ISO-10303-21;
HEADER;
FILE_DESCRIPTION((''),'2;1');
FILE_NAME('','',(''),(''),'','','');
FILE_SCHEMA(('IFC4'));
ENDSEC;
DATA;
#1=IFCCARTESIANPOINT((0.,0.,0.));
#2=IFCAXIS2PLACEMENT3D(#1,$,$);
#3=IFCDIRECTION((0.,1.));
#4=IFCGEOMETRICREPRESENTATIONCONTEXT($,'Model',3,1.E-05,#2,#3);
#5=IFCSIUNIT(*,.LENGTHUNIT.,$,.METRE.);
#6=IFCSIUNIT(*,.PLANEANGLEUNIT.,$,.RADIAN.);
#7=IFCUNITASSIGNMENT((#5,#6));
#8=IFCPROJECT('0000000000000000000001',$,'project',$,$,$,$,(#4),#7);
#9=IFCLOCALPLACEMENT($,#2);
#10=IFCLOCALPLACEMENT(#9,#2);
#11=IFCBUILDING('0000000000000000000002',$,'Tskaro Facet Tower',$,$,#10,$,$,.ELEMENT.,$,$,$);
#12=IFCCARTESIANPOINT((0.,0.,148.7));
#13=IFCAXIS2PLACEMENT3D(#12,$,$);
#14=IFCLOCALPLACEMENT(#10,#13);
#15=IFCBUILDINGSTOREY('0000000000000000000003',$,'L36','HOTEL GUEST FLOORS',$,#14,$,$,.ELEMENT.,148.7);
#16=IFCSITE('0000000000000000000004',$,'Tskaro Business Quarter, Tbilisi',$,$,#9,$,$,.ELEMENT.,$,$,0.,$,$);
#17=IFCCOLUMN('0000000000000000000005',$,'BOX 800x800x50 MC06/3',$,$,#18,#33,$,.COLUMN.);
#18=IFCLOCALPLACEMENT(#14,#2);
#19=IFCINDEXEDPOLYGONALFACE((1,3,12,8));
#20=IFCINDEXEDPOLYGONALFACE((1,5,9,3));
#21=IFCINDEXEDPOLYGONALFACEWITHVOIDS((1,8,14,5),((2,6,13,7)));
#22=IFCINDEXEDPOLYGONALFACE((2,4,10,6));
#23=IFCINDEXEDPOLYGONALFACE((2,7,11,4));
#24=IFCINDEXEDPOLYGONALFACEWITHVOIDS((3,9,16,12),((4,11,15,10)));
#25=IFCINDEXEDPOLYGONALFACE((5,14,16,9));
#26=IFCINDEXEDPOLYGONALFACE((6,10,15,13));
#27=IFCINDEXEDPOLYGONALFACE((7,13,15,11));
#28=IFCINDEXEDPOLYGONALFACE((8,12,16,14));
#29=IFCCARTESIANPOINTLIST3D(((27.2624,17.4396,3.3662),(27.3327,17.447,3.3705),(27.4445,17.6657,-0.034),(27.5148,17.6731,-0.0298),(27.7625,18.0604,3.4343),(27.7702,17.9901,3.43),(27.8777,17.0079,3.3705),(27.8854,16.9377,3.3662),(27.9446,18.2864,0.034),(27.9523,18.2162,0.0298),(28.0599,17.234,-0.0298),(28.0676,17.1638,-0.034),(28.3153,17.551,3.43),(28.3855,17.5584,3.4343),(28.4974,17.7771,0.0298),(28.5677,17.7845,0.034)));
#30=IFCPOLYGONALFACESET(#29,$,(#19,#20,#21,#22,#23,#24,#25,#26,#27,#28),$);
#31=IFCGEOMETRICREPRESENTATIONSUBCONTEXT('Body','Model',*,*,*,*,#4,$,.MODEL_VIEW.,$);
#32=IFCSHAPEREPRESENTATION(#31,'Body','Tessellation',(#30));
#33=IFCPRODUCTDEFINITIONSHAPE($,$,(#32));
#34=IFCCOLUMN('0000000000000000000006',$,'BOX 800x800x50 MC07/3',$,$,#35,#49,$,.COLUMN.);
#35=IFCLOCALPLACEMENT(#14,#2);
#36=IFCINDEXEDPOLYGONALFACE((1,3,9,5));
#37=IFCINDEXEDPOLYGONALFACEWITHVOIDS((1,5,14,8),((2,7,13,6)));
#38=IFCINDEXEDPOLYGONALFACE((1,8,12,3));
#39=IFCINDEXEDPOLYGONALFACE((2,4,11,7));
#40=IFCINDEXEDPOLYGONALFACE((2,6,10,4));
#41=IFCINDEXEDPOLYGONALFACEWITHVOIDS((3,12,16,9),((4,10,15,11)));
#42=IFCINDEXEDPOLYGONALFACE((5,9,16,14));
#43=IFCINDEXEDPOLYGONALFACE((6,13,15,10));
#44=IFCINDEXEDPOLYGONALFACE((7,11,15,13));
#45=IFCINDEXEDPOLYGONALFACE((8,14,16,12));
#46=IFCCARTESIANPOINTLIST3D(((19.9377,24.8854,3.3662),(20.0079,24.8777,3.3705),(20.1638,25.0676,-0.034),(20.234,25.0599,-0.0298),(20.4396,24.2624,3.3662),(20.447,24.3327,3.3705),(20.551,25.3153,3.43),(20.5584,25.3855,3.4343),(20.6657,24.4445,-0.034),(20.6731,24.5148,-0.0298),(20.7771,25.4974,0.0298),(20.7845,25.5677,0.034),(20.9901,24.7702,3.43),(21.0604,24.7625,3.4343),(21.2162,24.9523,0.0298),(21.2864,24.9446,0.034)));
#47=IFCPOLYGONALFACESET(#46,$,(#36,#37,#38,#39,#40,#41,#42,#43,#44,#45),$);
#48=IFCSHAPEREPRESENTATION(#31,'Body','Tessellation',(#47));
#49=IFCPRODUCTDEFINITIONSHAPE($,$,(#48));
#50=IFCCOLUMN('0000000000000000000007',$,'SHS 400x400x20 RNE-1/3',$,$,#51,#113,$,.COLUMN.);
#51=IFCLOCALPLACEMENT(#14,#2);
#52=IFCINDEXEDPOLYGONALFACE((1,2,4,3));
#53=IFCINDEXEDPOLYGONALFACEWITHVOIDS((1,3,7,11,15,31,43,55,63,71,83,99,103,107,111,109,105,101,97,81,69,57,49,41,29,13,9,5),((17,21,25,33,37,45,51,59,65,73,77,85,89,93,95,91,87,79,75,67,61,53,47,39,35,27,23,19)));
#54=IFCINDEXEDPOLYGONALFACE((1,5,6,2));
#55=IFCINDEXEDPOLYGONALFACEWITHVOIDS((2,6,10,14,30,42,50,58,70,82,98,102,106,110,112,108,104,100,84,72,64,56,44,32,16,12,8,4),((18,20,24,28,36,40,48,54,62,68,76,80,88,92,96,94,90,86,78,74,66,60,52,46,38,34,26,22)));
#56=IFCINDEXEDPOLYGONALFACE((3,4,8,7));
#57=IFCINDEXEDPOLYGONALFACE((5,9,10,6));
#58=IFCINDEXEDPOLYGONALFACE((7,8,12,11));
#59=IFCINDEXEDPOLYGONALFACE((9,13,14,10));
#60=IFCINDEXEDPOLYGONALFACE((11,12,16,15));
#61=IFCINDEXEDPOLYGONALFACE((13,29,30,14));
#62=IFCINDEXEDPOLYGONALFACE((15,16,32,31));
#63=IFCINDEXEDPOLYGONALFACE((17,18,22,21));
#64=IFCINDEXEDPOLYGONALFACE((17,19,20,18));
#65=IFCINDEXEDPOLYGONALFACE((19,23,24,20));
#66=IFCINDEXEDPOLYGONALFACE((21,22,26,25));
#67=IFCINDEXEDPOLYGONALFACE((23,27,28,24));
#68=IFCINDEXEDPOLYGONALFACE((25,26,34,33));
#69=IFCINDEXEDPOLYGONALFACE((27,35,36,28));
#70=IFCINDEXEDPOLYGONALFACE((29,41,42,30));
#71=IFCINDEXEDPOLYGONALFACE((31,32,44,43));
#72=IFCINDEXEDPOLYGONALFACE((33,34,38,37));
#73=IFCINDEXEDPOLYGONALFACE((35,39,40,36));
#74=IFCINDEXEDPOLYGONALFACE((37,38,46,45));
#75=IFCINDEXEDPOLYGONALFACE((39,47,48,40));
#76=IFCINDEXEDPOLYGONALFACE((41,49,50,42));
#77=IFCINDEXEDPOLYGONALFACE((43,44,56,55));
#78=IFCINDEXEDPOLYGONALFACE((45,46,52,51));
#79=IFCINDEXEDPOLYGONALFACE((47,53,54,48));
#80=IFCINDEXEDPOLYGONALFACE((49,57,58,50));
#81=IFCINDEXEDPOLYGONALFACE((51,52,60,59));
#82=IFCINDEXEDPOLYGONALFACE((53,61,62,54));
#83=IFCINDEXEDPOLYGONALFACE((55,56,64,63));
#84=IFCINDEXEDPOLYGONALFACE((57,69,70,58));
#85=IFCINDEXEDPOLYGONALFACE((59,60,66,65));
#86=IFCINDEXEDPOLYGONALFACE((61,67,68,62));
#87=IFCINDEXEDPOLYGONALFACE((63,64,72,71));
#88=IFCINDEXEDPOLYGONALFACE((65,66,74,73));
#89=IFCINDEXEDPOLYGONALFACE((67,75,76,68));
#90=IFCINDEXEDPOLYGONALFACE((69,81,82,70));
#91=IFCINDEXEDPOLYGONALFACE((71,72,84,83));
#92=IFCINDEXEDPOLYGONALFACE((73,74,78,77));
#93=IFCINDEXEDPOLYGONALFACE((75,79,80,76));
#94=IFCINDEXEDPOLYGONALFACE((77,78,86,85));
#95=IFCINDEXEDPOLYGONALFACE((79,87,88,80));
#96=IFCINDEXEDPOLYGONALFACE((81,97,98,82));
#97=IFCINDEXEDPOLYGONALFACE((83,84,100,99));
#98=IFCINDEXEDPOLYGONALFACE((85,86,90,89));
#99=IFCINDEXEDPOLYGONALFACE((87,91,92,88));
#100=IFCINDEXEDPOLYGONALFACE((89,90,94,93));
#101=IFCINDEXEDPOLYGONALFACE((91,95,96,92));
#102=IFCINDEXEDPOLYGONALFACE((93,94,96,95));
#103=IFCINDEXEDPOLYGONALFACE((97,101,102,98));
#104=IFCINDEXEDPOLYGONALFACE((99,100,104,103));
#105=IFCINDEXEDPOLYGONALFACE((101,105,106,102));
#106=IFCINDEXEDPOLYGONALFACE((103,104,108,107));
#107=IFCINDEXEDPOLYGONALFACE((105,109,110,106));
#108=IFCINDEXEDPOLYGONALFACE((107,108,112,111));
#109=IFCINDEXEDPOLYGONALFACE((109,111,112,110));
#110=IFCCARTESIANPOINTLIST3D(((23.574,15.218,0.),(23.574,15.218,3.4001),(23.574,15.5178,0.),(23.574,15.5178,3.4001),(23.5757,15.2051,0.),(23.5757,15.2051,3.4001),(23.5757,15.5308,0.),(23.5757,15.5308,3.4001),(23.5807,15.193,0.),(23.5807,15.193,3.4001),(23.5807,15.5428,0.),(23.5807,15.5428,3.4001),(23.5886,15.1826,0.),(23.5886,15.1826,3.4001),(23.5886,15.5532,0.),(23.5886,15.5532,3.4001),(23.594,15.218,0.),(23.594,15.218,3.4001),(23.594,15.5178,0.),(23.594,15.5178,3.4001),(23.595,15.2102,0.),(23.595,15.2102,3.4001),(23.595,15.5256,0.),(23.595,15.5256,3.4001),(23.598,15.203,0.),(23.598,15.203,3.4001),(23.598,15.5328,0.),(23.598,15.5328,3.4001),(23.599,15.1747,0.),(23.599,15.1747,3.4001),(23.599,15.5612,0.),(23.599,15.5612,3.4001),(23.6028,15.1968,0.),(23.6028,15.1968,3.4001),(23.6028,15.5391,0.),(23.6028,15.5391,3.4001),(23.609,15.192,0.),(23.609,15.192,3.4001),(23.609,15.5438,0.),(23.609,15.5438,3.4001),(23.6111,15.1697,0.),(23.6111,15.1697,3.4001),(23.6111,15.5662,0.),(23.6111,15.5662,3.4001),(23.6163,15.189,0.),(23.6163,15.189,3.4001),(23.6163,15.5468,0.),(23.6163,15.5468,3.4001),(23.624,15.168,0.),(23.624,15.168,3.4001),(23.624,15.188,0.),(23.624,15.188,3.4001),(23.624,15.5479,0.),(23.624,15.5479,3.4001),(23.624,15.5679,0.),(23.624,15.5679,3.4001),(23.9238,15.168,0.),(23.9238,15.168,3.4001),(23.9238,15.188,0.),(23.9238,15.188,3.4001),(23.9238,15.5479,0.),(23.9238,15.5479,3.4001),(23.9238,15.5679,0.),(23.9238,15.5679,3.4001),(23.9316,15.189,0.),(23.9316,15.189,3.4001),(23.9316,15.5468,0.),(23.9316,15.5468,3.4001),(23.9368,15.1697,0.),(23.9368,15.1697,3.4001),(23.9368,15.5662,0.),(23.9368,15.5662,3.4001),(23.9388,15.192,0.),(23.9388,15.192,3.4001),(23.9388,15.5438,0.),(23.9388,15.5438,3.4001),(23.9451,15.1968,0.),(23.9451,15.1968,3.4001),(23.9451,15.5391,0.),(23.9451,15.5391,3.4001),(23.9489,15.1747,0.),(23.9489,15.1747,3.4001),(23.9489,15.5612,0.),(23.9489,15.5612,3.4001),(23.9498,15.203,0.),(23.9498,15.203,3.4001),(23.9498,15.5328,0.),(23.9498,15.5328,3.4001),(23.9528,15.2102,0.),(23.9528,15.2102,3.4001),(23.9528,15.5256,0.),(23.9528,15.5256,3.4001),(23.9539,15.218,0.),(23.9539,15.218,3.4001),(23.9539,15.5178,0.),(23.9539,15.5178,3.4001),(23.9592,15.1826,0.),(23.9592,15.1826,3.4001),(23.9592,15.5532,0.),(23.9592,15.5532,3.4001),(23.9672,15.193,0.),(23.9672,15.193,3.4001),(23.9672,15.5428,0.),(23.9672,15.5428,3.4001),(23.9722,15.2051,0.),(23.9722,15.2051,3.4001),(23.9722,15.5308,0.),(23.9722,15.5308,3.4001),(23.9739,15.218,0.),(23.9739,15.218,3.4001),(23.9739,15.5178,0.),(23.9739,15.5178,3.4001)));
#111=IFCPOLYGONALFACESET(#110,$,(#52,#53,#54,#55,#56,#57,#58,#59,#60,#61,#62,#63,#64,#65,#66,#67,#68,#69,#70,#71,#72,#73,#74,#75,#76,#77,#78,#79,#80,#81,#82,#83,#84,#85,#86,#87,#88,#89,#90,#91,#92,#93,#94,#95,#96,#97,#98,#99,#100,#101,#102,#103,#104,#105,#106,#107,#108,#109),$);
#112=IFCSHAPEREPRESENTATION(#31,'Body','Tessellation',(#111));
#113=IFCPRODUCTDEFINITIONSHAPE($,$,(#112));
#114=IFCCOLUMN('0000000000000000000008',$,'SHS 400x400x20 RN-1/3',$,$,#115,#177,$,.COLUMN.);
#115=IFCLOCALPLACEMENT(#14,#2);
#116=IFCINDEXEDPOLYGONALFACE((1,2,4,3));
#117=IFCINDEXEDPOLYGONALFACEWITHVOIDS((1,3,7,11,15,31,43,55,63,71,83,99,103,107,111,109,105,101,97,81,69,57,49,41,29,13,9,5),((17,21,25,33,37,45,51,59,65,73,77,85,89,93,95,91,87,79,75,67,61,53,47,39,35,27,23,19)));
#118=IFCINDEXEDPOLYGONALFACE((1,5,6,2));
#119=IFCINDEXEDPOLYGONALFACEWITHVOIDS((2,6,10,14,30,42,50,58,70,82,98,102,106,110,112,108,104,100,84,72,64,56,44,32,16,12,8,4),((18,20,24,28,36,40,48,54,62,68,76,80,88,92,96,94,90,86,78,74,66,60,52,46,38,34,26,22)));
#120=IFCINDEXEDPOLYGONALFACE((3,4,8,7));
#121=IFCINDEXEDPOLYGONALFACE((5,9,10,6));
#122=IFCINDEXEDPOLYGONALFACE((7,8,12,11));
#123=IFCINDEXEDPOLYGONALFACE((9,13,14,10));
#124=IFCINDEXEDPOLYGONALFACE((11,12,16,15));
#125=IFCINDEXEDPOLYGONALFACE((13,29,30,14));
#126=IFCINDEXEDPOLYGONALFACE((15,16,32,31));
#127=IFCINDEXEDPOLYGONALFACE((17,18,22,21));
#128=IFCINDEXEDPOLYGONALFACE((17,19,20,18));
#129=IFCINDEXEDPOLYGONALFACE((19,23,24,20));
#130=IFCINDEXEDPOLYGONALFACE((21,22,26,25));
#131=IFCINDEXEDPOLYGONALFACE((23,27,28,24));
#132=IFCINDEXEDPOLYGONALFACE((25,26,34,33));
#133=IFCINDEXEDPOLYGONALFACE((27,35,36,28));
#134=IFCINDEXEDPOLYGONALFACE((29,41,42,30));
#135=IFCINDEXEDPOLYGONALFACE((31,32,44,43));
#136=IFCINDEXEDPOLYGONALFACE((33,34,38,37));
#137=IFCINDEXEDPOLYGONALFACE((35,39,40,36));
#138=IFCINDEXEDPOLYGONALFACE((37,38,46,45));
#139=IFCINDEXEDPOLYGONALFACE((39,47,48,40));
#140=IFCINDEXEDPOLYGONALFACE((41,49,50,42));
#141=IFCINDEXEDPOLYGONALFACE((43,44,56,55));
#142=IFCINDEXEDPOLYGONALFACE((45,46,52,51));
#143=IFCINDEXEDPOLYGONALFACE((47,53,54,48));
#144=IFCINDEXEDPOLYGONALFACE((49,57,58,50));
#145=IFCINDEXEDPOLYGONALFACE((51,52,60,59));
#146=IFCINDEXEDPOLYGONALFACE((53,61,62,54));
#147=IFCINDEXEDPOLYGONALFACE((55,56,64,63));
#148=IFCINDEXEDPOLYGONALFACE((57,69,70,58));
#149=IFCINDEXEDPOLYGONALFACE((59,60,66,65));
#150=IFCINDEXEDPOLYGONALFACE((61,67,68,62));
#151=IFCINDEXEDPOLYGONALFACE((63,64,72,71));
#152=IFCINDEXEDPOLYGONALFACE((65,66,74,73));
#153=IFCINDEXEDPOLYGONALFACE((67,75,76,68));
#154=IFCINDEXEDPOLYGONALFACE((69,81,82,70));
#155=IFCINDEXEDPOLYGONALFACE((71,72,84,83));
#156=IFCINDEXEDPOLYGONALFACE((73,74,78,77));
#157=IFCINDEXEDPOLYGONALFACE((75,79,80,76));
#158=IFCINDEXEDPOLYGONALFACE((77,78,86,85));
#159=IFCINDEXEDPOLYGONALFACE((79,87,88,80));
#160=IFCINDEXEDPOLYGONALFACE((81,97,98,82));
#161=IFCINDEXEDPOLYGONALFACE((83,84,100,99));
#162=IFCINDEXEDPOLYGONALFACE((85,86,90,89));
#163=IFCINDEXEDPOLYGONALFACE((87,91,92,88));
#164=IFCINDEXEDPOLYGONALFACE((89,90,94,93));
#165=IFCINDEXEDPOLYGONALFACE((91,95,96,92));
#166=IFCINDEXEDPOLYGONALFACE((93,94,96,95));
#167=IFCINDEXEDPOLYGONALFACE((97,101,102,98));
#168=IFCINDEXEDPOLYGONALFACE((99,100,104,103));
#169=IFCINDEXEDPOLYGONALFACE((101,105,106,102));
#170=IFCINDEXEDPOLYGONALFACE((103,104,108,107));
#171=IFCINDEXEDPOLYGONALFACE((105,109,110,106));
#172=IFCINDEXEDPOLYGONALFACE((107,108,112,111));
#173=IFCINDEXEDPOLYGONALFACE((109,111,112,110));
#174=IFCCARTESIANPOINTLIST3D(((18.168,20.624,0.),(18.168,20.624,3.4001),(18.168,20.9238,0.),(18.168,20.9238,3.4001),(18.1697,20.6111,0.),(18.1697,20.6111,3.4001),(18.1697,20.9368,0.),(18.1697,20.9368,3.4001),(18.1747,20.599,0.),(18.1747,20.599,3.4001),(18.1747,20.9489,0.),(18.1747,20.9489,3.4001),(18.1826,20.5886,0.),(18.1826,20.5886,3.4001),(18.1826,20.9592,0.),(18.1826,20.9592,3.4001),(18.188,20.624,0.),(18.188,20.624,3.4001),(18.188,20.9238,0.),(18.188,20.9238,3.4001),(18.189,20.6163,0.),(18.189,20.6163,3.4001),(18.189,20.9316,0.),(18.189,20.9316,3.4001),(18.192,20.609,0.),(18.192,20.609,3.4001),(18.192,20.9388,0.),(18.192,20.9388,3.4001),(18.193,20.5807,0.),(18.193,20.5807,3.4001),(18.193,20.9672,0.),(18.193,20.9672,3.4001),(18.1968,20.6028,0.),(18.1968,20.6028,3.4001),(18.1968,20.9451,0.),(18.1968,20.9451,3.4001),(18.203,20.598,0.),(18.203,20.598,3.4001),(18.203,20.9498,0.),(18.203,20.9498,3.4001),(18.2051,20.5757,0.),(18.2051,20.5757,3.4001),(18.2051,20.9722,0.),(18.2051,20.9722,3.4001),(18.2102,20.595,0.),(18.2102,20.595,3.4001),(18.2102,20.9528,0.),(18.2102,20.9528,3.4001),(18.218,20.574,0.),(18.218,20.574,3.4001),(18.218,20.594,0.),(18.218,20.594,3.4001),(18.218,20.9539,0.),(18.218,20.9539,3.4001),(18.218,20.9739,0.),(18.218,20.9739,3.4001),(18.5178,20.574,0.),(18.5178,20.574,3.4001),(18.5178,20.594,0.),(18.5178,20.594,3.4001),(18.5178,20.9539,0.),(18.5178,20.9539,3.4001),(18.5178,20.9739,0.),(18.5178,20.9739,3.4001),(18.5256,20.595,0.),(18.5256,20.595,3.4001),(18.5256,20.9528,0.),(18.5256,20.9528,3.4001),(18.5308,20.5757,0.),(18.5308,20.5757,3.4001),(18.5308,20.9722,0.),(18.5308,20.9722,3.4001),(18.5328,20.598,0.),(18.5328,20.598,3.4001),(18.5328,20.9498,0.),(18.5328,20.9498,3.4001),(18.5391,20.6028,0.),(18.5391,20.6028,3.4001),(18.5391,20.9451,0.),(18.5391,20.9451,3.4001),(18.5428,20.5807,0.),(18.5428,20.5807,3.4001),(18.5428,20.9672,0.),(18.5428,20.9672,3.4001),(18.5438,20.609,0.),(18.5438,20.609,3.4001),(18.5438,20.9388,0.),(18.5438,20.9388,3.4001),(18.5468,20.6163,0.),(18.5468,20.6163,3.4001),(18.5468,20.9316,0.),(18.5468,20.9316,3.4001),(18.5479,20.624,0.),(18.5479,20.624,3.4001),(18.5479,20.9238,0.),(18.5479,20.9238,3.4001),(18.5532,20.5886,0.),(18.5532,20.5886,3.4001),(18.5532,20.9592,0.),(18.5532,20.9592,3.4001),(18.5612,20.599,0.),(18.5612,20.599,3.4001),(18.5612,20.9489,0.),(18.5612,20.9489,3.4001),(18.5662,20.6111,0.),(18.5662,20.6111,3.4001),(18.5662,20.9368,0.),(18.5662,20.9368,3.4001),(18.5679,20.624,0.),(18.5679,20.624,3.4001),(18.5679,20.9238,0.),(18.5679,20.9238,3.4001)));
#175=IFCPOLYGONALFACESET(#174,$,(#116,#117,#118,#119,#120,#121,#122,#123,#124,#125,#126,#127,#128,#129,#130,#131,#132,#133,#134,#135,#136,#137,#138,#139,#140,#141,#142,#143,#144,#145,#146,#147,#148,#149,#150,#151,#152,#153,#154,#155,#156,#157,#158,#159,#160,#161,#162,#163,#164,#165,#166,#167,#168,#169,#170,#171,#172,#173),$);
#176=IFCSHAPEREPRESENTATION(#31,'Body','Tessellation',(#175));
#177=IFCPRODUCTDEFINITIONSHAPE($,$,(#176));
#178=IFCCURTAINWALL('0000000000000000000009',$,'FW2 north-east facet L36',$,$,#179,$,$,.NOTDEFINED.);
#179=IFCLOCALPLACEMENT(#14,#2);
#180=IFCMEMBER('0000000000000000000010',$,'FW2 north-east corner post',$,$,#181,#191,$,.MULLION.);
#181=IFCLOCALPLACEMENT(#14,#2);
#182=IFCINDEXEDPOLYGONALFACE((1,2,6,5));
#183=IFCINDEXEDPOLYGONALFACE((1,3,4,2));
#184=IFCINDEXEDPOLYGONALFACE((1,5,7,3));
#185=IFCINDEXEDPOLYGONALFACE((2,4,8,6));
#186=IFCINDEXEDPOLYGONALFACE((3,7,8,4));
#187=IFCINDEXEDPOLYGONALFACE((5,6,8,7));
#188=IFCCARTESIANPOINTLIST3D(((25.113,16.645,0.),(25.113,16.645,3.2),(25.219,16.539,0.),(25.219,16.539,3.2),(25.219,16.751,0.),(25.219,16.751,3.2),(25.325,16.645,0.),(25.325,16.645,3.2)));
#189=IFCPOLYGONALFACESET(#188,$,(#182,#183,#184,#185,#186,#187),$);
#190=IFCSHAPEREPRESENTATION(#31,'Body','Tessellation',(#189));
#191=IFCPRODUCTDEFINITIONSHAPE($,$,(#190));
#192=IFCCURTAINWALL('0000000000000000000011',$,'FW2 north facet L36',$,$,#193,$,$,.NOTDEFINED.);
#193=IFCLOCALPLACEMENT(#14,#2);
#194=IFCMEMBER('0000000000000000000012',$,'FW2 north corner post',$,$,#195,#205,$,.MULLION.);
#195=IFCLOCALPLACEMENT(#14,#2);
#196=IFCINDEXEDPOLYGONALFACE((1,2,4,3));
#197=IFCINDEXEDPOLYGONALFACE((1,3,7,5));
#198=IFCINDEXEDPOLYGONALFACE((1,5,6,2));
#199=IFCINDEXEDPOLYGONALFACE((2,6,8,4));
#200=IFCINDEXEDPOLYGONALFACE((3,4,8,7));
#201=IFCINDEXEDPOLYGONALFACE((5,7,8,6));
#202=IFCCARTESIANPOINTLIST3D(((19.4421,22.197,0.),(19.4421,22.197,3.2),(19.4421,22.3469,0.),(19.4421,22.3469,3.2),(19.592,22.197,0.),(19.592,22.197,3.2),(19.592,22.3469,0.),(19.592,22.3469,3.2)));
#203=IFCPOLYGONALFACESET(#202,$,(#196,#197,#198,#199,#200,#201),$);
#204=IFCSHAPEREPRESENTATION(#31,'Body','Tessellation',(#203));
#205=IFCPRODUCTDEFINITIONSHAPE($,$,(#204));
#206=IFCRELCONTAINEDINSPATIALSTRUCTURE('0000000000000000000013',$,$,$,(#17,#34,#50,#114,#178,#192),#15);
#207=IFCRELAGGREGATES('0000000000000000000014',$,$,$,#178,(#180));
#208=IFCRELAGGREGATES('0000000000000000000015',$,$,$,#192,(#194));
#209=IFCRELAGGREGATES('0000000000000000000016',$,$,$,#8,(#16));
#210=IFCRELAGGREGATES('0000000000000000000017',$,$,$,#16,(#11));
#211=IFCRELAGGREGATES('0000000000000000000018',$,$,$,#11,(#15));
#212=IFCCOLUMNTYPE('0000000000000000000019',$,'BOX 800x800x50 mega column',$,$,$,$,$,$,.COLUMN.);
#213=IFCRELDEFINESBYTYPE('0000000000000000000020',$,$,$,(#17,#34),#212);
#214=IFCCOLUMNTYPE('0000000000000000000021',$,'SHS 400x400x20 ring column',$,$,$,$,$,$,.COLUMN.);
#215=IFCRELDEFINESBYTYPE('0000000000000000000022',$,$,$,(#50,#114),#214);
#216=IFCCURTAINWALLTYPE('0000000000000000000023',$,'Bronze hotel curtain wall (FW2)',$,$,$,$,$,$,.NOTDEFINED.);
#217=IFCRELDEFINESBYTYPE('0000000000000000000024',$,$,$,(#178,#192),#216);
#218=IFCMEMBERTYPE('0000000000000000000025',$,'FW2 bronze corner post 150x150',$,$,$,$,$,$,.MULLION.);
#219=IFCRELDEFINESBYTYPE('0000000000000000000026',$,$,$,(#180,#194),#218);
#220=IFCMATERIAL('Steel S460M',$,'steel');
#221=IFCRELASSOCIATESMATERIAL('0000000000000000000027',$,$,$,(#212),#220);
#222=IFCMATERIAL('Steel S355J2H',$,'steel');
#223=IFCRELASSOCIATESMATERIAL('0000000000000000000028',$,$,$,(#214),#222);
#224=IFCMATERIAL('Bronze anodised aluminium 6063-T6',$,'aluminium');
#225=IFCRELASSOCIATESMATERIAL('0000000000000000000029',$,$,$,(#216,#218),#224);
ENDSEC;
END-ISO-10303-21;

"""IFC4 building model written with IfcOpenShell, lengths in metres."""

from ifc_helpers import new_model, si_unit, direction, frame, origin, origin_2d, place, context, subcontext, project, spatial, rectangle, hollow_rectangle, extrude, material, material_profile, profile_set, type_object, element, aggregate, save


model = new_model("IFC4")

# Units and contexts
model_context = context("Model", 3, precision=1e-05, world=origin(), true_north=direction((0.0, 1.0)))
body_context = subcontext(model_context, "Body", "Model", "MODEL_VIEW")
ifc_project = project(units=[si_unit("LENGTHUNIT", "METRE"), si_unit("PLANEANGLEUNIT", "RADIAN")], contexts=[model_context])

# Site, building, storey
site_placement = place(None, origin())
site = spatial("IfcSite", under=ifc_project, at=site_placement, Name="Tskaro Business Quarter, Tbilisi", CompositionType="ELEMENT", RefElevation=0.0)
building_placement = place(site_placement, origin())
building = spatial("IfcBuilding", under=site, at=building_placement, Name="Tskaro Facet Tower", CompositionType="ELEMENT")
storey_placement = place(building_placement, frame((0.0, 0.0, 148.7)))
storey = spatial("IfcBuildingStorey", under=building, at=storey_placement, Name="L36", Description="HOTEL GUEST FLOORS", CompositionType="ELEMENT", Elevation=148.7)

# Columns
ifc_material_1 = material(Name="Steel S460M", Category="steel")
ifc_material_profile_1 = material_profile(ifc_material_1, hollow_rectangle(XDim=0.8, YDim=0.8, WallThickness=0.05, at=origin_2d()), Name="BOX 800x800x50")
ifc_profile_set_1 = profile_set([ifc_material_profile_1], Name="Steel S460M")
column_type_1 = type_object("IfcColumnType", Name="BOX 800x800x50 mega column", PredefinedType="COLUMN", material=ifc_profile_set_1)
for number, where, z_axis, x_axis, name in (
    (1, (28.0061, 17.7251, 0.0), (-0.053371, -0.066249, 0.996375), (0.778731, -0.627358, 0.0), "BOX 800x800x50 MC06/3"),
    (2, (20.7251, 25.0061, 0.0), (-0.066249, -0.053371, 0.996375), (0.627358, -0.778731, 0.0), "BOX 800x800x50 MC07/3"),
):
    element("IfcColumn", number, at=place(storey_placement, frame(where, z_axis=z_axis, x_axis=x_axis)), inside=storey, type_object=column_type_1, Name=name, PredefinedType="COLUMN", context=body_context, shape_type="SweptSolid", body=[
        extrude(hollow_rectangle(XDim=0.8, YDim=0.8, WallThickness=0.05, at=origin_2d()), origin(), (0.0, 0.0, 1.0), 3.4126),
    ])
ifc_material_2 = material(Name="Steel S355J2H", Category="steel")
ifc_material_profile_2 = material_profile(ifc_material_2, hollow_rectangle(XDim=0.3999, YDim=0.3999, WallThickness=0.02, InnerFilletRadius=0.03, OuterFilletRadius=0.05, at=origin_2d()), Name="SHS 400x400x20")
ifc_profile_set_2 = profile_set([ifc_material_profile_2], Name="Steel S355J2H")
column_type_2 = type_object("IfcColumnType", Name="SHS 400x400x20 ring column", PredefinedType="COLUMN", material=ifc_profile_set_2)
for number, where, z_axis, x_axis, name in (
    (3, (23.7739, 15.3679, 0.0), (0.0, 0.0, 1.0), (1.0, 0.0, 0.0), "SHS 400x400x20 RNE-1/3"),
    (4, (18.3679, 20.7739, 0.0), (0.0, 0.0, 1.0), (1.0, 0.0, 0.0), "SHS 400x400x20 RN-1/3"),
):
    element("IfcColumn", number, at=place(storey_placement, frame(where, z_axis=z_axis, x_axis=x_axis)), inside=storey, type_object=column_type_2, Name=name, PredefinedType="COLUMN", context=body_context, shape_type="SweptSolid", body=[
        extrude(hollow_rectangle(XDim=0.3999, YDim=0.3999, WallThickness=0.02, InnerFilletRadius=0.03, OuterFilletRadius=0.05, at=origin_2d()), origin(), (0.0, 0.0, 1.0), 3.4001),
    ])

# Curtain walls, members
ifc_material_3 = material(Name="Bronze anodised aluminium 6063-T6", Category="aluminium")
curtain_wall_type = type_object("IfcCurtainWallType", Name="Bronze hotel curtain wall (FW2)", PredefinedType="NOTDEFINED", material=ifc_material_3)
curtain_wall_1_placement = place(storey_placement, origin())
curtain_wall_1 = element("IfcCurtainWall", 5, at=curtain_wall_1_placement, inside=storey, type_object=curtain_wall_type, Name="FW2 north-east facet L36", PredefinedType="NOTDEFINED")
ifc_material_profile_3 = material_profile(ifc_material_3, rectangle(XDim=0.1499, YDim=0.1499, at=origin_2d()), Name="Corner post 150x150")
ifc_profile_set_3 = profile_set([ifc_material_profile_3], Name="Bronze anodised aluminium 6063-T6")
member_type_1 = type_object("IfcMemberType", Name="FW2 bronze corner post 150x150", PredefinedType="MULLION", material=ifc_profile_set_3)
member_1_placement = place(storey_placement, frame((25.219, 16.645, 0.0), z_axis=(0.0, 0.0, 1.0), x_axis=(-0.707107, 0.707107, 0.0)))
member_1 = element("IfcMember", 6, at=member_1_placement, type_object=member_type_1, Name="FW2 north-east corner post", PredefinedType="MULLION", context=body_context, shape_type="SweptSolid", body=[
    extrude(rectangle(XDim=0.1499, YDim=0.1499, at=origin_2d()), origin(), (0.0, 0.0, 1.0), 3.2),
])
curtain_wall_2_placement = place(storey_placement, origin())
curtain_wall_2 = element("IfcCurtainWall", 7, at=curtain_wall_2_placement, inside=storey, type_object=curtain_wall_type, Name="FW2 north facet L36", PredefinedType="NOTDEFINED")
member_2_placement = place(storey_placement, frame((19.5171, 22.272, 0.0), z_axis=(0.0, 0.0, 1.0), x_axis=(-1.0, 0.0, 0.0)))
member_2 = element("IfcMember", 8, at=member_2_placement, type_object=member_type_1, Name="FW2 north corner post", PredefinedType="MULLION", context=body_context, shape_type="SweptSolid", body=[
    extrude(rectangle(XDim=0.1499, YDim=0.1499, at=origin_2d()), origin(), (0.0, 0.0, 1.0), 3.2),
])

aggregate(curtain_wall_1, [member_1])
aggregate(curtain_wall_2, [member_2])

save(model, "model.ifc")
